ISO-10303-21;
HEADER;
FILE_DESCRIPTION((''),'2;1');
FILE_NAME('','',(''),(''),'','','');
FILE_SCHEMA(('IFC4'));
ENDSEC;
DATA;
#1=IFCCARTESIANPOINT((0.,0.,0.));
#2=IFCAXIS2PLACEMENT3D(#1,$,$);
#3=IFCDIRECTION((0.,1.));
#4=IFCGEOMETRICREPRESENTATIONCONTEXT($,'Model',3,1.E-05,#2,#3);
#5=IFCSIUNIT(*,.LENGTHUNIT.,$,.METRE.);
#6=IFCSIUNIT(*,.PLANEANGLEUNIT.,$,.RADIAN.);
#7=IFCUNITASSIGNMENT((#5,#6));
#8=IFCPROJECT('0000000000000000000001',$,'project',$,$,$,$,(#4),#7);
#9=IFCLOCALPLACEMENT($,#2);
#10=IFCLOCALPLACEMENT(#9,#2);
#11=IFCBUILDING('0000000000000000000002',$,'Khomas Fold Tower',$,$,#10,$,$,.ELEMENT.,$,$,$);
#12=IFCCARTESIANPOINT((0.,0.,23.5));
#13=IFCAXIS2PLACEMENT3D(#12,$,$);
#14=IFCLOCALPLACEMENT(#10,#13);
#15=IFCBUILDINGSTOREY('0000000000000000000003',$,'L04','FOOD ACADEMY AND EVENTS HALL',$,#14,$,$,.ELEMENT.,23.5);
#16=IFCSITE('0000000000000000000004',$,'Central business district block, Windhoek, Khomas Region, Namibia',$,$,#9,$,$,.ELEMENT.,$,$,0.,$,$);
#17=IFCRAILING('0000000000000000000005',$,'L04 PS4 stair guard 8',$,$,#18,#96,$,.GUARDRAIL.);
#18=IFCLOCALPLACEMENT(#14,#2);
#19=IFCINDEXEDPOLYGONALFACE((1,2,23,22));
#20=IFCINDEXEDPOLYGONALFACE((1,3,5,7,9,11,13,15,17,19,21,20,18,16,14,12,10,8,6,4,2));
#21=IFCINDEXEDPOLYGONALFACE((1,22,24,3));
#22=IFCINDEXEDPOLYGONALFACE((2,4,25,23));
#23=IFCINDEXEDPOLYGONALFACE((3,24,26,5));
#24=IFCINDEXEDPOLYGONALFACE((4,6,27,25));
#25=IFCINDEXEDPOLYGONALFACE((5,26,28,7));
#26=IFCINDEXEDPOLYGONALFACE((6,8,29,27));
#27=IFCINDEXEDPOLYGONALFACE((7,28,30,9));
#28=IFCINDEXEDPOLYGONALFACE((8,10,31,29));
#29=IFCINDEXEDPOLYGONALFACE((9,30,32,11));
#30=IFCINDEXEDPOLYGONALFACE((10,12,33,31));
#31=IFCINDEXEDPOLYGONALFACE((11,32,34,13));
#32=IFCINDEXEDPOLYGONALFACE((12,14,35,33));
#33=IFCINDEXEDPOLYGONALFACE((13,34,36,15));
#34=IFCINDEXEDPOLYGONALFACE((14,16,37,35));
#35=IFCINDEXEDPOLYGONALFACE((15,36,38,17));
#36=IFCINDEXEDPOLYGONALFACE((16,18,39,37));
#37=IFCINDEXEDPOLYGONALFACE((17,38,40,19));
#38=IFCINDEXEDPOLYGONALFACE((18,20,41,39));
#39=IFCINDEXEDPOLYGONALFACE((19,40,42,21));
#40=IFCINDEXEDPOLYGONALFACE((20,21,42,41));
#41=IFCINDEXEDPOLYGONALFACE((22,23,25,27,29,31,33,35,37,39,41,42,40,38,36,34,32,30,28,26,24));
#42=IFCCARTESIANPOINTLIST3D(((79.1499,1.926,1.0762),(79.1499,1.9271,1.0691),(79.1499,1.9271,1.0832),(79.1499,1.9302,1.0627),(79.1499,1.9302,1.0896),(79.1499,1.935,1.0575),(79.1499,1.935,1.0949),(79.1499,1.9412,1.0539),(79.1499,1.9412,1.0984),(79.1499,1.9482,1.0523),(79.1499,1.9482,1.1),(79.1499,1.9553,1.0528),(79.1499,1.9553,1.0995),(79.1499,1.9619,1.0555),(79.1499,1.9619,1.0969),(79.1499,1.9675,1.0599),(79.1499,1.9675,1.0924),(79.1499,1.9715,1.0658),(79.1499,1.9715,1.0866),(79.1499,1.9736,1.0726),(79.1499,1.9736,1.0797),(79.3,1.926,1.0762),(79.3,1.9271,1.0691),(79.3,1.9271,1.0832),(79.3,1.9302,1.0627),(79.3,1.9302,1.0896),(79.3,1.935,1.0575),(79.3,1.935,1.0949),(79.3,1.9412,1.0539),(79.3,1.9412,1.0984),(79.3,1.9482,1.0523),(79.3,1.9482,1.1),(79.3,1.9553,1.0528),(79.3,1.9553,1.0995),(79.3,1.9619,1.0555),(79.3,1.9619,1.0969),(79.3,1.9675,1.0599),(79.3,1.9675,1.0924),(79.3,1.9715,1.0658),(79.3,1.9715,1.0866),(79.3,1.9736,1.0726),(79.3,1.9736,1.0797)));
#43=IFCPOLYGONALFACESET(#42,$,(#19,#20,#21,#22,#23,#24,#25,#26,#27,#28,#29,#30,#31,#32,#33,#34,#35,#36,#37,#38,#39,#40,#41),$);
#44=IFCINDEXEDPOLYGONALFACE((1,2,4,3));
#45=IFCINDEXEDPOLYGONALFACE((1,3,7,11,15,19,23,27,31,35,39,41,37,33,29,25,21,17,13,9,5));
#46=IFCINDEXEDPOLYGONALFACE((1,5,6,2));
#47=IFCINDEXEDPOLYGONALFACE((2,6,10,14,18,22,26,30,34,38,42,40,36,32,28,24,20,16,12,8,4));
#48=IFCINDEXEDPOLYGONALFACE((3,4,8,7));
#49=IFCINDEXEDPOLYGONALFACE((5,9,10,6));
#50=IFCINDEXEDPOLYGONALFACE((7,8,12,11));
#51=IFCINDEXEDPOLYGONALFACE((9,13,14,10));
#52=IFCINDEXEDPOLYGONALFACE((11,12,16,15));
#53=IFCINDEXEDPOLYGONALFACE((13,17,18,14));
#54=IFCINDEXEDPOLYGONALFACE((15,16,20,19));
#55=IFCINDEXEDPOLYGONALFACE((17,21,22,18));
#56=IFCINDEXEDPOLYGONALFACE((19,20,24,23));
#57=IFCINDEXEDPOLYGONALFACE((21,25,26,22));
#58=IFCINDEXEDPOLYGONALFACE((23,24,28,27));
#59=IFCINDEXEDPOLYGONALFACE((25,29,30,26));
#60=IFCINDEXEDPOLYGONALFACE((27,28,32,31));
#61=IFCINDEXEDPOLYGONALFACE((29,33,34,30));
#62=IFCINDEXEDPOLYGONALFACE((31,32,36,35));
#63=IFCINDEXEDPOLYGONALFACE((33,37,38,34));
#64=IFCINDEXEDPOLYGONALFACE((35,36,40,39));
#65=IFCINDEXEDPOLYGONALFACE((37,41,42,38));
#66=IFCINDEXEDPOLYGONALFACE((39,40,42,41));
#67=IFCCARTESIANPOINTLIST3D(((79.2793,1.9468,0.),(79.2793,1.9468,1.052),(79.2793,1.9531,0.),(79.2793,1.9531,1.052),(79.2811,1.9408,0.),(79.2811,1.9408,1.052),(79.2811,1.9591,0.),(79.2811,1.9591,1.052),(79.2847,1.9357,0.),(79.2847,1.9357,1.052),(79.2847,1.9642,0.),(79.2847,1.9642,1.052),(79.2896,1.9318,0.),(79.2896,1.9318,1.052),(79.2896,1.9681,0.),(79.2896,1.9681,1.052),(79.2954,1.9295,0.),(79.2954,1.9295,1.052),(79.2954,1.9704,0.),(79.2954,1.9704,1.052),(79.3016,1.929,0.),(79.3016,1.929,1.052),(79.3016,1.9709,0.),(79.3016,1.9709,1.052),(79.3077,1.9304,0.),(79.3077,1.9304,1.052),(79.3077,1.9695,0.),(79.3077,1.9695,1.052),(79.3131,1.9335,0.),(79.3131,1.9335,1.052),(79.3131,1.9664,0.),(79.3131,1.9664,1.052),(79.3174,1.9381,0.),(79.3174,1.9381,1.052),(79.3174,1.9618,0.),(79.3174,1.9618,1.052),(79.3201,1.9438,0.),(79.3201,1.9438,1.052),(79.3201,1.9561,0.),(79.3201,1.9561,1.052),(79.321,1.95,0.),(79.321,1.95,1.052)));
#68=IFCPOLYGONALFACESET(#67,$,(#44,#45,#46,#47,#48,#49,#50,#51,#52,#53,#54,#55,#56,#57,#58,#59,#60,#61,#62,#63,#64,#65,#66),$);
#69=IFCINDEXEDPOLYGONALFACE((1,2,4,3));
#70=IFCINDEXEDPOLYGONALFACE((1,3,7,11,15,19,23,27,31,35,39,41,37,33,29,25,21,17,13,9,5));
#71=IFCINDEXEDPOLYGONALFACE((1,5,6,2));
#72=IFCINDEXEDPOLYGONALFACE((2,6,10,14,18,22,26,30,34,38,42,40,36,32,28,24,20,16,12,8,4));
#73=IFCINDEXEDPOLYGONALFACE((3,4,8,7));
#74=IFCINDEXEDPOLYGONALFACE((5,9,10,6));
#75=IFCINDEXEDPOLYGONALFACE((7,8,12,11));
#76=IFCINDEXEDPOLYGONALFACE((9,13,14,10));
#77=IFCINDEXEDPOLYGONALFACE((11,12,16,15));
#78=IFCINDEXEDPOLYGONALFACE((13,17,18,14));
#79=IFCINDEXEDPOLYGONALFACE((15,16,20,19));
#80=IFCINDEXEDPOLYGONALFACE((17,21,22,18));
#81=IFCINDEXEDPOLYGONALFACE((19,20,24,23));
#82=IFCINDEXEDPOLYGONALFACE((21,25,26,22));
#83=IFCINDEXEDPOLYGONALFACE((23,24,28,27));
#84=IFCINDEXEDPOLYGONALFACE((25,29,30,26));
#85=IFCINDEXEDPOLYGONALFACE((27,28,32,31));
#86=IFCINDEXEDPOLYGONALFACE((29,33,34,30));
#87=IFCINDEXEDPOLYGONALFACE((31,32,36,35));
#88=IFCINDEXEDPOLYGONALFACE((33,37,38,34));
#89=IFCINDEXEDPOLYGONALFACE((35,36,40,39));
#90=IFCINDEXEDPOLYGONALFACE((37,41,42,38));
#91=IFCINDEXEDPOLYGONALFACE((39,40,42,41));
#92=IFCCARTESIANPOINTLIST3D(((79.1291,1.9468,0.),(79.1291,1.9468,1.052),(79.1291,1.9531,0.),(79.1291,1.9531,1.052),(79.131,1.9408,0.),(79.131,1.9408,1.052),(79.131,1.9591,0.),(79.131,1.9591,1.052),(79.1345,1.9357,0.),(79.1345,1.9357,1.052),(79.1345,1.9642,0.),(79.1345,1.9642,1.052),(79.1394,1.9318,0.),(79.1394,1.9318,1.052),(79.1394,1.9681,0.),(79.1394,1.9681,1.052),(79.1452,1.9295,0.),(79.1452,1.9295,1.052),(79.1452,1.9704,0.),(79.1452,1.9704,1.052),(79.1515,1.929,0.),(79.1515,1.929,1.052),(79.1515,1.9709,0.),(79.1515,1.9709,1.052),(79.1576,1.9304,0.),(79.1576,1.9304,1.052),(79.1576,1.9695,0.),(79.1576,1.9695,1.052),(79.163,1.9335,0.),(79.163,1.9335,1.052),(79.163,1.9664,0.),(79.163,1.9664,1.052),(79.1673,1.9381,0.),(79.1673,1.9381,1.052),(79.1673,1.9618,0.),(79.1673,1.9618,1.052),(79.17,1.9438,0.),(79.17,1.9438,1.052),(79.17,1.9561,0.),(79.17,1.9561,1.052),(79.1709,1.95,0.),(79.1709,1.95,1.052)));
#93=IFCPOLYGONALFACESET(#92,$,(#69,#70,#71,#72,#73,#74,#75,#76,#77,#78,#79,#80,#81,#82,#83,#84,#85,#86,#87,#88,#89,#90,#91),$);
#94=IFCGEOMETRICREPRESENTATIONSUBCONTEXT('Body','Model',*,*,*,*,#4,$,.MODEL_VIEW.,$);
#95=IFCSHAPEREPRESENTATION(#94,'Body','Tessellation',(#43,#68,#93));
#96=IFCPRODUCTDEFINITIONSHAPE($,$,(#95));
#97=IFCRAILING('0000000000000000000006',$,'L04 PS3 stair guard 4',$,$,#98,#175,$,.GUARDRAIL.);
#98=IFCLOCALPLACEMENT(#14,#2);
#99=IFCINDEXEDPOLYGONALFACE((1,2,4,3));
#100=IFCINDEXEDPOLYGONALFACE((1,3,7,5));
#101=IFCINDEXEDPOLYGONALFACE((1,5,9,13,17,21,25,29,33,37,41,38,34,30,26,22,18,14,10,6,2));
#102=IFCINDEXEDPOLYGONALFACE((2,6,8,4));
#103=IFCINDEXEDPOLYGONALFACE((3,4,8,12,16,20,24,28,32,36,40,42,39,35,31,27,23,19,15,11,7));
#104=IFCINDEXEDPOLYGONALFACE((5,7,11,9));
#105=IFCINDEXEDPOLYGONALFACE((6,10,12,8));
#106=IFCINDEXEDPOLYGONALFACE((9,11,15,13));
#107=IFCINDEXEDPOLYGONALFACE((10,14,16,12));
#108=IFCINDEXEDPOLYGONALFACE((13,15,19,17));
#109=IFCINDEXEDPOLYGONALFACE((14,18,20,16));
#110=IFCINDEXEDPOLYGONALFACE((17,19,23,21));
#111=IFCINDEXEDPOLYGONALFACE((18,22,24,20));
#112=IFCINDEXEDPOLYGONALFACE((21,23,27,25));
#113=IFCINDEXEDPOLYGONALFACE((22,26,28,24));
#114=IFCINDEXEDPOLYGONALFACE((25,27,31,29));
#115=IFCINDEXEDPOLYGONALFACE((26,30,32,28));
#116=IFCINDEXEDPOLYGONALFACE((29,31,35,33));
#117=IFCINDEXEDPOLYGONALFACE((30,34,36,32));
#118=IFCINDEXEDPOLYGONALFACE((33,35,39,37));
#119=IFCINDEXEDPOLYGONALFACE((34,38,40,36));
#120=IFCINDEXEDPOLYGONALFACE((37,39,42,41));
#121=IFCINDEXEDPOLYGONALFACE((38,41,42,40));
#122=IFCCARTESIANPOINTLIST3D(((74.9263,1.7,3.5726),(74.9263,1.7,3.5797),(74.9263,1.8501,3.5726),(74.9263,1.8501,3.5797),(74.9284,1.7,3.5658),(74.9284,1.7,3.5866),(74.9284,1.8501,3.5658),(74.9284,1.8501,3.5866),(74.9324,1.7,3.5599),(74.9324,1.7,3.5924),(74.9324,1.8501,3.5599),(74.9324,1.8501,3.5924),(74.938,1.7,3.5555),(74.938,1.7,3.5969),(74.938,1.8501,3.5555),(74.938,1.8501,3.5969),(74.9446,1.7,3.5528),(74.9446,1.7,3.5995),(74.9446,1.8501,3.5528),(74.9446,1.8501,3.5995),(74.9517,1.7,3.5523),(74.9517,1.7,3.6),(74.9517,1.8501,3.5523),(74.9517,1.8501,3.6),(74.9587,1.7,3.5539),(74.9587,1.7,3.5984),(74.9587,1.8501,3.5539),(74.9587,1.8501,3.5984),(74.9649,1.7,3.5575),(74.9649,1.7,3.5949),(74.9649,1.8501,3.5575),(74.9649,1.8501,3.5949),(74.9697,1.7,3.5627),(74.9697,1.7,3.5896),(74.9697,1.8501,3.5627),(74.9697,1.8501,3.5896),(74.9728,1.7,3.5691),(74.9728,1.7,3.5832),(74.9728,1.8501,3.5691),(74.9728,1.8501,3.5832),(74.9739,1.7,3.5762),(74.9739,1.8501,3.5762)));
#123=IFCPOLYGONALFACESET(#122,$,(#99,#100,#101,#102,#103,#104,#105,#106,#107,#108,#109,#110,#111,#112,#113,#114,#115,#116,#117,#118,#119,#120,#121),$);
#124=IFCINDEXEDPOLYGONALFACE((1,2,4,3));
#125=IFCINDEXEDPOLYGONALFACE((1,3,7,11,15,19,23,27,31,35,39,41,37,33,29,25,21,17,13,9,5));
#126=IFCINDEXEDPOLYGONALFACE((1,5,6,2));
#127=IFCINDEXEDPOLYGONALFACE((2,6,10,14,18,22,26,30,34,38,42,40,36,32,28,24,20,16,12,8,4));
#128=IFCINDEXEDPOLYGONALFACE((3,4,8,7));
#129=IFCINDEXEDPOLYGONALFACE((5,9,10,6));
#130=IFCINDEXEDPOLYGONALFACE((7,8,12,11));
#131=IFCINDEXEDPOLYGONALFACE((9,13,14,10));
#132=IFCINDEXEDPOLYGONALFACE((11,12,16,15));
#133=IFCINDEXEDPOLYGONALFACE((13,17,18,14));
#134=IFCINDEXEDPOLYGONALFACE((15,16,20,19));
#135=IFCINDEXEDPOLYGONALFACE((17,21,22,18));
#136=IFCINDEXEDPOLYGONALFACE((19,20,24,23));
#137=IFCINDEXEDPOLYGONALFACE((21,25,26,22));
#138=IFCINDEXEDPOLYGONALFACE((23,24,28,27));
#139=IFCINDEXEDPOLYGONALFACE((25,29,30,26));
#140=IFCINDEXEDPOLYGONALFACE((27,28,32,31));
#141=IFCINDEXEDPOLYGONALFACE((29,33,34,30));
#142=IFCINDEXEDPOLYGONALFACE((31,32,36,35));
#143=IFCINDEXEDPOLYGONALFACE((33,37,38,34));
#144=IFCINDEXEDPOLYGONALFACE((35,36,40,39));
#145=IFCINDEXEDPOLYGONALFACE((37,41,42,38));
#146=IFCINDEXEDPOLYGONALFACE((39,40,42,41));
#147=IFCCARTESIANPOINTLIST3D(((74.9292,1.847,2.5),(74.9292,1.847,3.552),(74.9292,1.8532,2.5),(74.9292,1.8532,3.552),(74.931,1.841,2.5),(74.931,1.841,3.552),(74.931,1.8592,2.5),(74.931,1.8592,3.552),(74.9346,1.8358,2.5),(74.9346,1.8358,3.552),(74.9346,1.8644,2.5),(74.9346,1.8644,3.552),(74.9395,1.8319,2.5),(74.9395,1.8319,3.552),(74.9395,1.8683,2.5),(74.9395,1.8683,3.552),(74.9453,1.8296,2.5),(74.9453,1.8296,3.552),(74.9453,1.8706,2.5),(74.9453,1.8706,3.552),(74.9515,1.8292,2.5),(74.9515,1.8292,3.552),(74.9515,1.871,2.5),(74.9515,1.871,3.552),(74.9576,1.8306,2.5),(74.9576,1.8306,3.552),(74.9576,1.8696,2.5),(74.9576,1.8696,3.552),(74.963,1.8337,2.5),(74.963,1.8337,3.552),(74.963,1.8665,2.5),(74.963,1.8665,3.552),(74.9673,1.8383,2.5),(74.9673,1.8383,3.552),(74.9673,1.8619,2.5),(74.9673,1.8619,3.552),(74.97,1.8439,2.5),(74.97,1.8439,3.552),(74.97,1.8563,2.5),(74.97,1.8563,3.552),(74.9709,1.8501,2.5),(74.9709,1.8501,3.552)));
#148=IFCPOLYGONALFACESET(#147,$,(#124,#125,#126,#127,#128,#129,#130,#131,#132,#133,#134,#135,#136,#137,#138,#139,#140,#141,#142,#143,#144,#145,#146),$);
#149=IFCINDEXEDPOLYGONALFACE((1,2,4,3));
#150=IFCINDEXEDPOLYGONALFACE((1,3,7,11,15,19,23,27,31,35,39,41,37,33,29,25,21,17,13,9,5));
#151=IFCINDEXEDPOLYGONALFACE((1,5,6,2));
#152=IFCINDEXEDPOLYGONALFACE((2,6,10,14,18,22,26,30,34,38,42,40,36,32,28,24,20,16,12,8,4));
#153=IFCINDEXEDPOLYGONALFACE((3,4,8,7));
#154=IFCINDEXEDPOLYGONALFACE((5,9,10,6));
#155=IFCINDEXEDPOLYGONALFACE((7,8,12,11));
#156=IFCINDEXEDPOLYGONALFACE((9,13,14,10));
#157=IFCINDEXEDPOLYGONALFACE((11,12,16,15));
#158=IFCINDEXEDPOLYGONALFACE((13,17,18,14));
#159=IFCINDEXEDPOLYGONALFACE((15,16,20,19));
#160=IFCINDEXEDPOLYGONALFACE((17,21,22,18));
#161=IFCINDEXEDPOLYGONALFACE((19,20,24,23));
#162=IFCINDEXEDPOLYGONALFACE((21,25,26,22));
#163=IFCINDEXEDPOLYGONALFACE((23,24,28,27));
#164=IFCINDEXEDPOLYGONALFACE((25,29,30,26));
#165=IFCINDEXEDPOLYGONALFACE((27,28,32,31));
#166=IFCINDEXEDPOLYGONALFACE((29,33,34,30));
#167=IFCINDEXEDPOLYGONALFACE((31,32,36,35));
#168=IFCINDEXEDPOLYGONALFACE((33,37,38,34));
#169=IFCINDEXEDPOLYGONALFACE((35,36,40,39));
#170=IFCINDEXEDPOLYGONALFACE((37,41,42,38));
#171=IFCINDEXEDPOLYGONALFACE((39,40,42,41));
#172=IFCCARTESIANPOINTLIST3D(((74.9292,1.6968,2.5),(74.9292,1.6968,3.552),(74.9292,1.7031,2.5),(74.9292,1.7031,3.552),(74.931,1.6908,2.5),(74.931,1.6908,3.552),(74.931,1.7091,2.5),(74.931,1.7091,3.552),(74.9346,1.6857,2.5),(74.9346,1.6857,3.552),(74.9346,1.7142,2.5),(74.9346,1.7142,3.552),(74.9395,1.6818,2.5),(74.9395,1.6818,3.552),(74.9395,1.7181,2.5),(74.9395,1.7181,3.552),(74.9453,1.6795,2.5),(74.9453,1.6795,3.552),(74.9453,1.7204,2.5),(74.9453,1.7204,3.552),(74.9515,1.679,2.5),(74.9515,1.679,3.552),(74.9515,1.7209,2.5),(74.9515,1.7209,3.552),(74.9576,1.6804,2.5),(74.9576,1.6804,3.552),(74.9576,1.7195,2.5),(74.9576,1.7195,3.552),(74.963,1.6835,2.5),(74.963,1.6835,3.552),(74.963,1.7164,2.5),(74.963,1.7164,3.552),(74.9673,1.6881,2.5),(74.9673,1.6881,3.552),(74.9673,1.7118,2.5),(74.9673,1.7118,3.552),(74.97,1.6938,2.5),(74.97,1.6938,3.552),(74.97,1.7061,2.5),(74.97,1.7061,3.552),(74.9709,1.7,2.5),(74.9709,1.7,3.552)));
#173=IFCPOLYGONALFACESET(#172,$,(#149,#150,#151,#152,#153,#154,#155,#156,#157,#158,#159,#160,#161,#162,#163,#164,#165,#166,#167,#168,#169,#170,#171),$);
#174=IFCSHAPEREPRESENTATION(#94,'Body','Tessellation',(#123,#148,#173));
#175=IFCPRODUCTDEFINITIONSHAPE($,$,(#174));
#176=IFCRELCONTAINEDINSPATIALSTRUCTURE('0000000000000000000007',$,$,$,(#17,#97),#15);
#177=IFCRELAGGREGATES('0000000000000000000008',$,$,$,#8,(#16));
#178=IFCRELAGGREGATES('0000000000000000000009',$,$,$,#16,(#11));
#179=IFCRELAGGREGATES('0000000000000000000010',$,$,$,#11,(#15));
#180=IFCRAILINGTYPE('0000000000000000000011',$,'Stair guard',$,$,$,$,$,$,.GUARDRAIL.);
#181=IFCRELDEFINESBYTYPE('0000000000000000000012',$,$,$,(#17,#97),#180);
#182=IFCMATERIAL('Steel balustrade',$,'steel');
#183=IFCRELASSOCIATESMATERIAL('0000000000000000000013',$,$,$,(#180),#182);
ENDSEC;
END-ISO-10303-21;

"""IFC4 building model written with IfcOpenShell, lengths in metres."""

from ifc_helpers import new_model, si_unit, direction, frame, origin, origin_2d, place, context, subcontext, project, spatial, circle, extrude, source, transform, mapped, material, type_object, element, save


model = new_model("IFC4")

# Units and contexts
model_context = context("Model", 3, precision=1e-05, world=origin(), true_north=direction((0.0, 1.0)))
body_context = subcontext(model_context, "Body", "Model", "MODEL_VIEW")
ifc_project = project(units=[si_unit("LENGTHUNIT", "METRE"), si_unit("PLANEANGLEUNIT", "RADIAN")], contexts=[model_context])

# Site, building, storey
site_placement = place(None, origin())
site = spatial("IfcSite", under=ifc_project, at=site_placement, Name="Central business district block, Windhoek, Khomas Region, Namibia", CompositionType="ELEMENT", RefElevation=0.0)
building_placement = place(site_placement, origin())
building = spatial("IfcBuilding", under=site, at=building_placement, Name="Khomas Fold Tower", CompositionType="ELEMENT")
storey_placement = place(building_placement, frame((0.0, 0.0, 23.5)))
storey = spatial("IfcBuildingStorey", under=building, at=storey_placement, Name="L04", Description="FOOD ACADEMY AND EVENTS HALL", CompositionType="ELEMENT", Elevation=23.5)

# Railings
ifc_material_1 = material(Name="Steel balustrade", Category="steel")
railing_type_1 = type_object("IfcRailingType", Name="Stair guard", PredefinedType="GUARDRAIL", material=ifc_material_1)
shared_shape_1 = source(origin(), body_context, "Body", "SweptSolid", [
    extrude(circle(Radius=0.0239, at=origin_2d()), frame((0.0, 0.0, 1.0762), z_axis=(-1.0, 0.0, 0.0), x_axis=(0.0, -1.0, 0.0)), (0.0, 0.0, 1.0), 0.1501),
    extrude(circle(Radius=0.021, at=origin_2d()), origin(), (0.0, 0.0, 1.0), 1.052),
    extrude(circle(Radius=0.021, at=origin_2d()), frame((-0.1501, 0.0, 0.0)), (0.0, 0.0, 1.0), 1.052),
])
for number, where, name in (
    (1, (79.3, 1.95, 0.0), "L04 PS4 stair guard 8"),
):
    element("IfcRailing", number, at=place(storey_placement, frame(where)), inside=storey, type_object=railing_type_1, Name=name, PredefinedType="GUARDRAIL", context=body_context, shape_type="MappedRepresentation", body=[
        mapped(shared_shape_1, transform((0.0, 0.0, 0.0))),
    ])
shared_shape_2 = source(origin(), body_context, "Body", "SweptSolid", [
    extrude(circle(Radius=0.0239, at=origin_2d()), frame((0.0, 0.0, 1.0762), z_axis=(0.0, -1.0, 0.0), x_axis=(1.0, 0.0, 0.0)), (0.0, 0.0, 1.0), 0.1501),
    extrude(circle(Radius=0.021, at=origin_2d()), origin(), (0.0, 0.0, 1.0), 1.052),
    extrude(circle(Radius=0.021, at=origin_2d()), frame((0.0, -0.1501, 0.0)), (0.0, 0.0, 1.0), 1.052),
])
for number, where, name in (
    (2, (74.95, 1.8501, 2.5), "L04 PS3 stair guard 4"),
):
    element("IfcRailing", number, at=place(storey_placement, frame(where)), inside=storey, type_object=railing_type_1, Name=name, PredefinedType="GUARDRAIL", context=body_context, shape_type="MappedRepresentation", body=[
        mapped(shared_shape_2, transform((0.0, 0.0, 0.0))),
    ])

save(model, "model.ifc")
